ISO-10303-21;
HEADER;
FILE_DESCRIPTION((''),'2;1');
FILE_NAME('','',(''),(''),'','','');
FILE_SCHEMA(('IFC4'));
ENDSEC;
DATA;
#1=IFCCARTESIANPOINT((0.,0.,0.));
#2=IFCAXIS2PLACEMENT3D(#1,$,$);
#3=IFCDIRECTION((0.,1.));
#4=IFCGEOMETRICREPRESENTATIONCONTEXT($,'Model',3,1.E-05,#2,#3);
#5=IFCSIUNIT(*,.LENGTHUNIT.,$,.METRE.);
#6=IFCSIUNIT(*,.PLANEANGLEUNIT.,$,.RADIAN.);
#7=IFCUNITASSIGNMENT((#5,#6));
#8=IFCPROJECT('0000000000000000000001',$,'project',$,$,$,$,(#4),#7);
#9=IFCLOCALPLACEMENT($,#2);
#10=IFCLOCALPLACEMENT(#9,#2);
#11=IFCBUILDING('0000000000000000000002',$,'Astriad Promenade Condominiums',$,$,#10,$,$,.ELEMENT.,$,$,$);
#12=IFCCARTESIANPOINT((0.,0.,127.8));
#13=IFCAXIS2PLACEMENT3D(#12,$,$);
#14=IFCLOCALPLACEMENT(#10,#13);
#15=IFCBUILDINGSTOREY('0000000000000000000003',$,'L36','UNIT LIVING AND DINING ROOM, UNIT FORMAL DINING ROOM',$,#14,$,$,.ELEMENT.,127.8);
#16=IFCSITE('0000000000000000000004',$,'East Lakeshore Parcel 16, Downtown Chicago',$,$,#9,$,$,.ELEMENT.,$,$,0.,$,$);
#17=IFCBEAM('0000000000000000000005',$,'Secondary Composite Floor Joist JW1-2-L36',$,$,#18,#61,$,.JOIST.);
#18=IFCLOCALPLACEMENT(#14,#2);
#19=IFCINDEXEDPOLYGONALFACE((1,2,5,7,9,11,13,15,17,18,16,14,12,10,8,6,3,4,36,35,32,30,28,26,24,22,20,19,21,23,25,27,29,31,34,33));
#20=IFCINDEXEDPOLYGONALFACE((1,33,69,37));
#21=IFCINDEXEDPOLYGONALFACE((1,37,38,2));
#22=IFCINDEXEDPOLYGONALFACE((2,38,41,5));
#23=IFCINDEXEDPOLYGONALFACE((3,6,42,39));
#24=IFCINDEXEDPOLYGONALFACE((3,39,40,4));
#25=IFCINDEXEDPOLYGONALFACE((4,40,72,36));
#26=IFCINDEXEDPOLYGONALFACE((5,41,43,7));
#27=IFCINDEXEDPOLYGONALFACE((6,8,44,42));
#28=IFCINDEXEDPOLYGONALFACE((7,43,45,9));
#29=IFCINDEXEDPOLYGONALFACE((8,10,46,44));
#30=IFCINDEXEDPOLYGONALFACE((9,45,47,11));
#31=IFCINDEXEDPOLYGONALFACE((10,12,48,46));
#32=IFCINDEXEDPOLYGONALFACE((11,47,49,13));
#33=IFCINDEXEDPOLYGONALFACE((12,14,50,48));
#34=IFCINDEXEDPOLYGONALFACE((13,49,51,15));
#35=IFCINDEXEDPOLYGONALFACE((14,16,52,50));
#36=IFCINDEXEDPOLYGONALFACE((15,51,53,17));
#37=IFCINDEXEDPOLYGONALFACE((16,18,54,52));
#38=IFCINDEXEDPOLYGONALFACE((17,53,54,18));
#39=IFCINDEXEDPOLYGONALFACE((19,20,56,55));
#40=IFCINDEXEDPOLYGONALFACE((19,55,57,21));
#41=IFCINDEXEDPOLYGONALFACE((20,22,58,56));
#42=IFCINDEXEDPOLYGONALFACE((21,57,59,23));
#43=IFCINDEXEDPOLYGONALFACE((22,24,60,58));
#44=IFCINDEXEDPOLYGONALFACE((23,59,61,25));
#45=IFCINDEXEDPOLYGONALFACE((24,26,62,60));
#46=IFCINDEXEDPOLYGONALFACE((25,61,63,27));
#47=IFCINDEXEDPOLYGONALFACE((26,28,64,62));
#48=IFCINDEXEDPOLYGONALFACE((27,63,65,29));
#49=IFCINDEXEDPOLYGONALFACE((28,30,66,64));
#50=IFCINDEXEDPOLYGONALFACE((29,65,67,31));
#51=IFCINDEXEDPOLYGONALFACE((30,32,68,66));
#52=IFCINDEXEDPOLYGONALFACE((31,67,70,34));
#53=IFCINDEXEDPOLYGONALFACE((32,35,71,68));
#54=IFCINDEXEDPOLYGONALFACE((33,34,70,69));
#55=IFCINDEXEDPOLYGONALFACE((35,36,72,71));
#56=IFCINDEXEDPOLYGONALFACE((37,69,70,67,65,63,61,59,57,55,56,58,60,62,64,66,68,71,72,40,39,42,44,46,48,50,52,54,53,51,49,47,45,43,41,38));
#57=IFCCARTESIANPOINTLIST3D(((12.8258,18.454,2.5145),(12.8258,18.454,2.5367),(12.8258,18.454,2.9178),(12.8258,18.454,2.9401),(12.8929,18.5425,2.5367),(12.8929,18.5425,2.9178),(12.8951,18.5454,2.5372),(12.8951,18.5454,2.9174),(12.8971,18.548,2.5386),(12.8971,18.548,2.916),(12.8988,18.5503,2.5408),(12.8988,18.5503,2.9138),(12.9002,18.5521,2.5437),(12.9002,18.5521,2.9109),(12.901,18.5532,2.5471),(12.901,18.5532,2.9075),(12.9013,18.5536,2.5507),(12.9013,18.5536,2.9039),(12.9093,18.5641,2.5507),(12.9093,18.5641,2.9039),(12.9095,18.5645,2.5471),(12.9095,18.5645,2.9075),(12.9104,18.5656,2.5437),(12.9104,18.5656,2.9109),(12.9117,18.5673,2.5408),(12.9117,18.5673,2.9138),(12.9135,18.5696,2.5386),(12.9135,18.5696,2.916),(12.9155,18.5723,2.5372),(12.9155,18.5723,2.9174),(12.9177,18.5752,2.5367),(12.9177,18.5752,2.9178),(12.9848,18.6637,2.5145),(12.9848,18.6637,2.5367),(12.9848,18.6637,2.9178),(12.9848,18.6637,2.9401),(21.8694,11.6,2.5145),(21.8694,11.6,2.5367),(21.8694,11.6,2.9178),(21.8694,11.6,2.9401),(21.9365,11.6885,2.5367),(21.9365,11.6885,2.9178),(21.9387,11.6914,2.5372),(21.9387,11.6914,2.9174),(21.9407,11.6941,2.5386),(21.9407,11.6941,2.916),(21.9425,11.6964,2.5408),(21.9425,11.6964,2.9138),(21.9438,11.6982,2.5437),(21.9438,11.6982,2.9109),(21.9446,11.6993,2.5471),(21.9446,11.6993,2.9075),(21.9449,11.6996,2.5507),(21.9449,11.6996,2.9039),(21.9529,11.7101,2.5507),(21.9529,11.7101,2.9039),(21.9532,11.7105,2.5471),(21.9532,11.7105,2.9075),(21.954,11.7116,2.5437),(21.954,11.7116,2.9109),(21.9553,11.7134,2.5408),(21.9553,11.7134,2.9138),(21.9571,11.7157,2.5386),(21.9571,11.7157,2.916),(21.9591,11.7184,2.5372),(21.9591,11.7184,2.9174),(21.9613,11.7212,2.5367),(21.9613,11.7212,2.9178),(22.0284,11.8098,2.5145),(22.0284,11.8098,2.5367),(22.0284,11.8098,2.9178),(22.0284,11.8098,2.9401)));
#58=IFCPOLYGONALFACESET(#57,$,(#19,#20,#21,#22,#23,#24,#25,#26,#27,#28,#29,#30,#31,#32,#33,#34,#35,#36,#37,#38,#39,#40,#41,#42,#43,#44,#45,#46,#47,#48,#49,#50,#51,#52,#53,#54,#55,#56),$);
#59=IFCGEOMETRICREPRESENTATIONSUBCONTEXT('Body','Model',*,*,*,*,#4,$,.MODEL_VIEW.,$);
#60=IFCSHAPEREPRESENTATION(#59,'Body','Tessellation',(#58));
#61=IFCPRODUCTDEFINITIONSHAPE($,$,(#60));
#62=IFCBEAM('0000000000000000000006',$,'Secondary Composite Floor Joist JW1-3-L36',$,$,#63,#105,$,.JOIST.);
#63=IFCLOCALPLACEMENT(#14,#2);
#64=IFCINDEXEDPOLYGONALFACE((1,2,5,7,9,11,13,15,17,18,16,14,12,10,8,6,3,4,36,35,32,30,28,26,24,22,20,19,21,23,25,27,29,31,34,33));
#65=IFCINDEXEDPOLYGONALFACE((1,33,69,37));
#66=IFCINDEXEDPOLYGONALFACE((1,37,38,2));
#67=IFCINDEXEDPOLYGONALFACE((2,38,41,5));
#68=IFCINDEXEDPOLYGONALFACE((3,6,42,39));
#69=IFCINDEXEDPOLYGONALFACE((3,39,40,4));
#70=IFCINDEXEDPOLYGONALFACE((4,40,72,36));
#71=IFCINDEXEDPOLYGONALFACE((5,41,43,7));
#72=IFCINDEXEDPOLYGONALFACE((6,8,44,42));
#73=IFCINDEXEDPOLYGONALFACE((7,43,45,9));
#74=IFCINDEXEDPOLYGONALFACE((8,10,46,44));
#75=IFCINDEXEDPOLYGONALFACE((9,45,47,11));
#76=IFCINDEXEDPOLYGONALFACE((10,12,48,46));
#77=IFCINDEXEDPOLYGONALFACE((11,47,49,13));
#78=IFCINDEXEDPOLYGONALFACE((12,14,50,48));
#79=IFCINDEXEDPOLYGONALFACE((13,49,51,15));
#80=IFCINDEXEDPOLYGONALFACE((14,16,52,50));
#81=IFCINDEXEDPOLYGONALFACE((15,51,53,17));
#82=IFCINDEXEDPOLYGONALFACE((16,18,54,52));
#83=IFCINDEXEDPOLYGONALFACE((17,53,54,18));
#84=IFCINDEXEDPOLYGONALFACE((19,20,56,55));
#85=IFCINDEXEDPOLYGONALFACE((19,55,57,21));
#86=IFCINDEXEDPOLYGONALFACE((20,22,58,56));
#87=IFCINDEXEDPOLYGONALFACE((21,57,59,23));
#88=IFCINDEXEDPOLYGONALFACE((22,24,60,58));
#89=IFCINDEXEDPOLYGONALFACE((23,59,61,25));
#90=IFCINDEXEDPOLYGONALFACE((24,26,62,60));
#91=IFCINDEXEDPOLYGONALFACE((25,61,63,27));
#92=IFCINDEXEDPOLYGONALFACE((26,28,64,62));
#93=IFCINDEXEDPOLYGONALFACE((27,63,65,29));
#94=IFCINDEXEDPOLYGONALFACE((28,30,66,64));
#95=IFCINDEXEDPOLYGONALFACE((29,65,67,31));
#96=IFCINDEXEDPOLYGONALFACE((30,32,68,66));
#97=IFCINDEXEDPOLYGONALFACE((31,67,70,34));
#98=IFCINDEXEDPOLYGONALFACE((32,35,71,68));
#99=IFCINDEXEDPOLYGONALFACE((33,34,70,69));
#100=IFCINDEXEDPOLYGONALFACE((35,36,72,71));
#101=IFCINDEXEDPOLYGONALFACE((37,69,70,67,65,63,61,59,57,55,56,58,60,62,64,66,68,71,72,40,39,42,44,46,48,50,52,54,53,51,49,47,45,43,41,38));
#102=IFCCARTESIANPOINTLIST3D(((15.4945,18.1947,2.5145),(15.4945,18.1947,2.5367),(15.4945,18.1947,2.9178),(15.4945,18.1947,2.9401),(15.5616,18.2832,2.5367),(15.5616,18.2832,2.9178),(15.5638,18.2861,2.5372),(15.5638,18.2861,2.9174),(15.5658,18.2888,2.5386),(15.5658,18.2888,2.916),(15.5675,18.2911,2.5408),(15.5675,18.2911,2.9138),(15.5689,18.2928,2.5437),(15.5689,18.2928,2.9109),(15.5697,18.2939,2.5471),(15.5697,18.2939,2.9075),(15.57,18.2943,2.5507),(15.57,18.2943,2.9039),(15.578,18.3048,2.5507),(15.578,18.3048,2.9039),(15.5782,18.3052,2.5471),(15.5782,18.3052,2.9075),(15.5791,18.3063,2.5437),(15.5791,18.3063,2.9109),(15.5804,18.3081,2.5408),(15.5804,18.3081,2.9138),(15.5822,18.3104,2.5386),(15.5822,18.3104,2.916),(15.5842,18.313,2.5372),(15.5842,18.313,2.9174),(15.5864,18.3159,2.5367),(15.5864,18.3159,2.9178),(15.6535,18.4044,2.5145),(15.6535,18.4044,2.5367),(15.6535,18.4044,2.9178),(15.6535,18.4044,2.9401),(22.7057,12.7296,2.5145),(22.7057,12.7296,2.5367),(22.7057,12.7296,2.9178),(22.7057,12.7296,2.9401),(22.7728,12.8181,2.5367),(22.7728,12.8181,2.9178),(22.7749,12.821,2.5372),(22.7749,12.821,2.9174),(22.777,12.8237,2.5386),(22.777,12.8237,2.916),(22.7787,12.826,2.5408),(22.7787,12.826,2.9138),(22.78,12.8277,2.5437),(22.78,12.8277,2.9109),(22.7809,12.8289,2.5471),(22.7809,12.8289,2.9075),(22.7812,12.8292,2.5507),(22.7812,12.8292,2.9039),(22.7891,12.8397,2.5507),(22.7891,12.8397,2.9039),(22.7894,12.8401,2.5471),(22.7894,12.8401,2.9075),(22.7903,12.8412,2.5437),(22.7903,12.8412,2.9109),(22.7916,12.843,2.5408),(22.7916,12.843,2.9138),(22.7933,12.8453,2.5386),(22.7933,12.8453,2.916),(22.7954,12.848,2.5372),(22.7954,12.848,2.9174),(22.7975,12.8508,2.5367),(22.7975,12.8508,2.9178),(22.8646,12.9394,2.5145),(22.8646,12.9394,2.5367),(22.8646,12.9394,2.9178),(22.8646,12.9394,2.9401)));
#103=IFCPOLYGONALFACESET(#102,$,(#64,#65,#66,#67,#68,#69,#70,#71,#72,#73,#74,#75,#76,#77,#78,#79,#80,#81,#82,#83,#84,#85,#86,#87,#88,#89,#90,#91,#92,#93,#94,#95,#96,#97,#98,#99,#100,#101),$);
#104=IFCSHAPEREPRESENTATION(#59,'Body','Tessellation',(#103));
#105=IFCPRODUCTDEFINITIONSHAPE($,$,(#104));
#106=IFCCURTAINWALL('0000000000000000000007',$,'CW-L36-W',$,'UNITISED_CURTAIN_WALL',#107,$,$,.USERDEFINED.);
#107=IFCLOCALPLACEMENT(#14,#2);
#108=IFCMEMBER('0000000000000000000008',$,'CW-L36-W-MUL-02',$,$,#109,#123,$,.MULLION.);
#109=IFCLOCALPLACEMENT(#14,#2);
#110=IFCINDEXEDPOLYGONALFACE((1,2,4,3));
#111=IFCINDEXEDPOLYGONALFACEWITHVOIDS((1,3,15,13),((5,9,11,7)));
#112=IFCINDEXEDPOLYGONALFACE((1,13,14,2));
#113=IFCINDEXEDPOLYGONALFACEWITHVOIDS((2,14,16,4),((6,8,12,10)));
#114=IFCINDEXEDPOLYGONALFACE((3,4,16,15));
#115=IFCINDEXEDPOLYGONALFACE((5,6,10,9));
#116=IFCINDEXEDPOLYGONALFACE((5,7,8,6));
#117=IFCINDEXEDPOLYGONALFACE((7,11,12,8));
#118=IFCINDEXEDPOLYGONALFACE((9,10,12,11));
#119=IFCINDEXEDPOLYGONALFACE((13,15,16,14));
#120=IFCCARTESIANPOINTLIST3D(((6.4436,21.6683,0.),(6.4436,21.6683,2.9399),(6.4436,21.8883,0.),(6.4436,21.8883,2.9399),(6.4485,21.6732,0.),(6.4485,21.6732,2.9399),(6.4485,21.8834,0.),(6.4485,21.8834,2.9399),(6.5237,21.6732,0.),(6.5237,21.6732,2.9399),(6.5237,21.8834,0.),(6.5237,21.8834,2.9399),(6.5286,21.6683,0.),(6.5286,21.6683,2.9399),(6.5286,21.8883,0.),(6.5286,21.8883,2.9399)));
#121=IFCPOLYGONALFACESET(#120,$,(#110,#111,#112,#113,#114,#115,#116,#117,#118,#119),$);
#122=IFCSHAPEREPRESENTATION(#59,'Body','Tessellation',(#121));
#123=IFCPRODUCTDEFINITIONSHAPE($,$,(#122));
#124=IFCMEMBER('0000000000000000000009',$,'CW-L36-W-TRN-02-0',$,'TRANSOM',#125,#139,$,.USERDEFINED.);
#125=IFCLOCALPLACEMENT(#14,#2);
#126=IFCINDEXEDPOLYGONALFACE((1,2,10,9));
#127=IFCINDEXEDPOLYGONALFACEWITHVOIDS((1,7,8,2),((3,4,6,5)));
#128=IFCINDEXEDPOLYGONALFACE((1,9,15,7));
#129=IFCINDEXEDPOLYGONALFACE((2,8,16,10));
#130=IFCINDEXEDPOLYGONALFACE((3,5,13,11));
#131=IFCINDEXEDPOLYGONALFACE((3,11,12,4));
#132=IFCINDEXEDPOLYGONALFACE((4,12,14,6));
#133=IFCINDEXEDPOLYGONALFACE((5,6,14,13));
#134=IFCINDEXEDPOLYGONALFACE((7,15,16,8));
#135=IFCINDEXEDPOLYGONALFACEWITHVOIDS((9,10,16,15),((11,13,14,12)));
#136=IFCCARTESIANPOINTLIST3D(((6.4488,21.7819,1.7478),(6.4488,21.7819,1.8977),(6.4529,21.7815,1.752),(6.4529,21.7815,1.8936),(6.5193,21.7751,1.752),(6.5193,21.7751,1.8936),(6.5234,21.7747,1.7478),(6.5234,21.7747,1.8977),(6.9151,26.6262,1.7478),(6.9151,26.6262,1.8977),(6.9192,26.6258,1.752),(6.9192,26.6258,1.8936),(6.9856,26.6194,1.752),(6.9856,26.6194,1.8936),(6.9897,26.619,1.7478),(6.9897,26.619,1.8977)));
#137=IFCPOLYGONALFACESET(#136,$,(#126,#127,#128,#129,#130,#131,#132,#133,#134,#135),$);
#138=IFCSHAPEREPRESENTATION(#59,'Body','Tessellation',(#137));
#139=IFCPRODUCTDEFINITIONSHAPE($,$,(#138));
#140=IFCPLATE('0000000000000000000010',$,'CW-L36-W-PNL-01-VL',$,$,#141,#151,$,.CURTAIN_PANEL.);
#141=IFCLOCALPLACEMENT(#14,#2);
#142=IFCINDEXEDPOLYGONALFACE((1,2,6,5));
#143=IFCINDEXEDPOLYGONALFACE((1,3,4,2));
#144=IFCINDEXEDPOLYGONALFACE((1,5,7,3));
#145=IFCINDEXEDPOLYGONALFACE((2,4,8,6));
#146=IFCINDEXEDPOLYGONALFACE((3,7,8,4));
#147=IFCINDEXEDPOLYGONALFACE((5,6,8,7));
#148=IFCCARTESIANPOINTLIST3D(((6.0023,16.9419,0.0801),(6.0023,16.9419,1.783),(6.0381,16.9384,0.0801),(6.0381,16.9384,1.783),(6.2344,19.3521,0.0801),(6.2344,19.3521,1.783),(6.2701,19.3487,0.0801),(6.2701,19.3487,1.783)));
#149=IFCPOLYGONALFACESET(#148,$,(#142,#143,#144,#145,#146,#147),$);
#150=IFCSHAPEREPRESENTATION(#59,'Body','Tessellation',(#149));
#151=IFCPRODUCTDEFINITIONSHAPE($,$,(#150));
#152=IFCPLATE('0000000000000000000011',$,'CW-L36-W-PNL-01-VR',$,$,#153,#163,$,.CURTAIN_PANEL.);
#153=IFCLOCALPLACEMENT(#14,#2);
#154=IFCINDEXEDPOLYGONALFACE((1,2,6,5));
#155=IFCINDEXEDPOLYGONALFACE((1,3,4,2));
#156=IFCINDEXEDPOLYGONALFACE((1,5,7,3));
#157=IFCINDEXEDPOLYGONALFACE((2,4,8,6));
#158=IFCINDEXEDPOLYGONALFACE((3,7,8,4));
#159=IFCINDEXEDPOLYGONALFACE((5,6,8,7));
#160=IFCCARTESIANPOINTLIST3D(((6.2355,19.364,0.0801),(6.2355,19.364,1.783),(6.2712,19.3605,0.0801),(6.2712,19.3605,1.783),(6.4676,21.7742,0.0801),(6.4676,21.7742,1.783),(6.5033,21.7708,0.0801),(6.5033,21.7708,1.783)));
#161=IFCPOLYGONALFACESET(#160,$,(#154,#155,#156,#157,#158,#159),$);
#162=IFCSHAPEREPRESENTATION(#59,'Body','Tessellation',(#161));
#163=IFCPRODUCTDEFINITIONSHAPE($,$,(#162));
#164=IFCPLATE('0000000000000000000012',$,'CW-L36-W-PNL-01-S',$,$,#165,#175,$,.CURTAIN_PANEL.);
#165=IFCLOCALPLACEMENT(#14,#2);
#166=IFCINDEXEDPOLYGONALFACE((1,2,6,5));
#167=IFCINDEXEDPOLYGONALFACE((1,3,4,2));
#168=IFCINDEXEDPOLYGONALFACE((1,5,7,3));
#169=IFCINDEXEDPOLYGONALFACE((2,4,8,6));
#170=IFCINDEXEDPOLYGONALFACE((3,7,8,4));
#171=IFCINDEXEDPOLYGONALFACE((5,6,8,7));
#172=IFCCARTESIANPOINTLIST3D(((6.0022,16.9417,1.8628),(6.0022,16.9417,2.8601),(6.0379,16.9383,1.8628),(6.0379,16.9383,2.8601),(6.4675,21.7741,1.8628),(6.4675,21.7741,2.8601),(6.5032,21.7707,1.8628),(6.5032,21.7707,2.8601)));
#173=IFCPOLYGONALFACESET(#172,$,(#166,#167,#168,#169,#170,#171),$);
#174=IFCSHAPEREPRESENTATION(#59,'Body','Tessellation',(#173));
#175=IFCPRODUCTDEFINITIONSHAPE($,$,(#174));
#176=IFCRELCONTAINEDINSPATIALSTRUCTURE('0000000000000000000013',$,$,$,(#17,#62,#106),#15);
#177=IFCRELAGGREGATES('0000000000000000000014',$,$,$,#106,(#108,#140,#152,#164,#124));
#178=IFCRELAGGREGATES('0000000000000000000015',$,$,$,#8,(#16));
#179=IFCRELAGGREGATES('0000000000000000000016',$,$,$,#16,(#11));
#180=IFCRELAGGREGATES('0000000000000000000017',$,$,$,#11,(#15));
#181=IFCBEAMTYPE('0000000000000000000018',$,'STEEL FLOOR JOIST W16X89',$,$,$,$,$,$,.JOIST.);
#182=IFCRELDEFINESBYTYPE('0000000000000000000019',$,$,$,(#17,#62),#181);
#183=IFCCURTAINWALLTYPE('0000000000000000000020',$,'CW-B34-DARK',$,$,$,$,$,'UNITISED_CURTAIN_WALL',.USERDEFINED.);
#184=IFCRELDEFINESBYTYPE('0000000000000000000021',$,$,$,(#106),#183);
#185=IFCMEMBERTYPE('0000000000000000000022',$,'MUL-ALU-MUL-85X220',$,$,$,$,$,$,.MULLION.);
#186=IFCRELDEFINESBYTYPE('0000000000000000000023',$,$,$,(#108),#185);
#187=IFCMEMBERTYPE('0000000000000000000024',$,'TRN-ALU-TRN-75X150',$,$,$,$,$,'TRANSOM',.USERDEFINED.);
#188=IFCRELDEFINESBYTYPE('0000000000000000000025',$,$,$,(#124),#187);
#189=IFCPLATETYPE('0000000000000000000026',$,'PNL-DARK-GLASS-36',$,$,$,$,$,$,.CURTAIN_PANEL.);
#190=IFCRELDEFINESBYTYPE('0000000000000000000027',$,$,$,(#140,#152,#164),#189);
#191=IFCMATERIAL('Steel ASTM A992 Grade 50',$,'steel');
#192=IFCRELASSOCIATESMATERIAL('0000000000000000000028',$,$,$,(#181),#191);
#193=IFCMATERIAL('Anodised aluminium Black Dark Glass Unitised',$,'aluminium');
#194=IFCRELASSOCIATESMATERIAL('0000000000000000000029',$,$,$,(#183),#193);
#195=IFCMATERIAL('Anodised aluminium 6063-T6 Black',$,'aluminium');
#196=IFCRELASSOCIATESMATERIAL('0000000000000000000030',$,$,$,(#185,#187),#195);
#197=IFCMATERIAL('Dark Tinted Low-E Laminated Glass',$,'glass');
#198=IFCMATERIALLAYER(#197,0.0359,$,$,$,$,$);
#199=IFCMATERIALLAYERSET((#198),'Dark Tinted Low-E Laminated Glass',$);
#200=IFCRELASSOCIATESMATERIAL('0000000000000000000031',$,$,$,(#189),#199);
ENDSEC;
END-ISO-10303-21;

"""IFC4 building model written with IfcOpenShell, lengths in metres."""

from ifc_helpers import new_model, si_unit, direction, frame, origin, origin_2d, place, context, subcontext, project, spatial, rectangle, hollow_rectangle, i_section, extrude, source, transform, mapped, material, layer, layer_set, material_profile, profile_set, type_object, type_shapes, element, aggregate, save


model = new_model("IFC4")

# Units and contexts
model_context = context("Model", 3, precision=1e-05, world=origin(), true_north=direction((0.0, 1.0)))
body_context = subcontext(model_context, "Body", "Model", "MODEL_VIEW")
ifc_project = project(units=[si_unit("LENGTHUNIT", "METRE"), si_unit("PLANEANGLEUNIT", "RADIAN")], contexts=[model_context])

# Site, building, storey
site_placement = place(None, origin())
site = spatial("IfcSite", under=ifc_project, at=site_placement, Name="East Lakeshore Parcel 16, Downtown Chicago", CompositionType="ELEMENT", RefElevation=0.0)
building_placement = place(site_placement, origin())
building = spatial("IfcBuilding", under=site, at=building_placement, Name="Astriad Promenade Condominiums", CompositionType="ELEMENT")
storey_placement = place(building_placement, frame((0.0, 0.0, 127.8)))
storey = spatial("IfcBuildingStorey", under=building, at=storey_placement, Name="L36", Description="UNIT LIVING AND DINING ROOM, UNIT FORMAL DINING ROOM", CompositionType="ELEMENT", Elevation=127.8)

# Beams
ifc_material_1 = material(Name="Steel ASTM A992 Grade 50", Category="steel")
ifc_material_profile_1 = material_profile(ifc_material_1, i_section(OverallWidth=0.2632, OverallDepth=0.4255, WebThickness=0.0132, FlangeThickness=0.0222, FilletRadius=0.0139, at=origin_2d()), Name="W16X89")
ifc_profile_set_1 = profile_set([ifc_material_profile_1], Name="Steel ASTM A992 Grade 50")
beam_type_1 = type_object("IfcBeamType", Name="STEEL FLOOR JOIST W16X89", PredefinedType="JOIST", material=ifc_profile_set_1)
shared_shape_1 = source(origin(), body_context, "Body", "SweptSolid", [
    extrude(i_section(OverallWidth=0.2632, OverallDepth=0.4255, WebThickness=0.0132, FlangeThickness=0.0222, FilletRadius=0.0139, at=origin_2d()), origin(), (0.0, 0.0, 1.0), 11.3474),
])
beam_1_placement = place(storey_placement, frame((12.9053, 18.5588, 2.7273), z_axis=(0.796977, -0.60401, 0.0), x_axis=(0.60401, 0.796977, 0.0)))
element("IfcBeam", 1, at=beam_1_placement, inside=storey, type_object=beam_type_1, Name="Secondary Composite Floor Joist JW1-2-L36", PredefinedType="JOIST", context=body_context, shape_type="MappedRepresentation", body=[
    mapped(shared_shape_1, transform((0.0, 0.0, 0.0), scale=1.0)),
])
shared_shape_2 = source(origin(), body_context, "Body", "SweptSolid", [
    extrude(i_section(OverallWidth=0.2632, OverallDepth=0.4255, WebThickness=0.0132, FlangeThickness=0.0222, FilletRadius=0.0139, at=origin_2d()), origin(), (0.0, 0.0, 1.0), 9.0481),
])
beam_2_placement = place(storey_placement, frame((15.574, 18.2996, 2.7273), z_axis=(0.796982, -0.604003, 0.0), x_axis=(0.604003, 0.796982, 0.0)))
element("IfcBeam", 2, at=beam_2_placement, inside=storey, type_object=beam_type_1, Name="Secondary Composite Floor Joist JW1-3-L36", PredefinedType="JOIST", context=body_context, shape_type="MappedRepresentation", body=[
    mapped(shared_shape_2, transform((0.0, 0.0, 0.0), scale=1.0)),
])

# Curtain wall, members, plates
ifc_material_2 = material(Name="Anodised aluminium Black Dark Glass Unitised", Category="aluminium")
curtain_wall_type = type_object("IfcCurtainWallType", Name="CW-B34-DARK", ElementType="UNITISED_CURTAIN_WALL", PredefinedType="USERDEFINED", material=ifc_material_2)
curtain_wall_placement = place(storey_placement, origin())
curtain_wall = element("IfcCurtainWall", 3, at=curtain_wall_placement, inside=storey, type_object=curtain_wall_type, Name="CW-L36-W", ObjectType="UNITISED_CURTAIN_WALL", PredefinedType="USERDEFINED")
ifc_material_3 = material(Name="Anodised aluminium 6063-T6 Black", Category="aluminium")
ifc_material_profile_2 = material_profile(ifc_material_3, hollow_rectangle(XDim=0.085, YDim=0.22, WallThickness=0.0049, at=origin_2d()), Name="ALU-MUL-85X220")
ifc_profile_set_2 = profile_set([ifc_material_profile_2], Name="Anodised aluminium 6063-T6 Black")
member_type_1 = type_object("IfcMemberType", Name="MUL-ALU-MUL-85X220", PredefinedType="MULLION", material=ifc_profile_set_2)
shared_shape_3 = source(origin(), body_context, "Body", "SweptSolid", [
    extrude(hollow_rectangle(XDim=0.085, YDim=0.22, WallThickness=0.0049, at=origin_2d()), origin(), (0.0, 0.0, 1.0), 2.9399),
])
type_shapes(member_type_1, [shared_shape_3])
member_1_placement = place(storey_placement, frame((6.4861, 21.7783, 0.0), z_axis=(0.0, 0.0, 1.0), x_axis=(1.0, 0.0, 0.0)))
member_1 = element("IfcMember", 4, at=member_1_placement, type_object=member_type_1, Name="CW-L36-W-MUL-02", PredefinedType="MULLION", context=body_context, shape_type="MappedRepresentation", body=[
    mapped(shared_shape_3, transform((0.0, 0.0, 0.0), scale=1.0)),
])
ifc_material_profile_3 = material_profile(ifc_material_3, hollow_rectangle(XDim=0.075, YDim=0.1499, WallThickness=0.0042, at=origin_2d()), Name="ALU-TRN-75X150")
ifc_profile_set_3 = profile_set([ifc_material_profile_3], Name="Anodised aluminium 6063-T6 Black")
member_type_2 = type_object("IfcMemberType", Name="TRN-ALU-TRN-75X150", ElementType="TRANSOM", PredefinedType="USERDEFINED", material=ifc_profile_set_3)
shared_shape_4 = source(origin(), body_context, "Body", "SweptSolid", [
    extrude(hollow_rectangle(XDim=0.075, YDim=0.1499, WallThickness=0.0042, at=origin_2d()), origin(), (0.0, 0.0, 1.0), 4.8667),
])
type_shapes(member_type_2, [shared_shape_4])
member_2_placement = place(storey_placement, frame((6.4861, 21.7783, 1.8228), z_axis=(0.095818, 0.995399, 0.0), x_axis=(-0.995399, 0.095818, 0.0)))
member_2 = element("IfcMember", 5, at=member_2_placement, type_object=member_type_2, Name="CW-L36-W-TRN-02-0", ObjectType="TRANSOM", PredefinedType="USERDEFINED", context=body_context, shape_type="MappedRepresentation", body=[
    mapped(shared_shape_4, transform((0.0, 0.0, 0.0), scale=1.0)),
])
ifc_material_4 = material(Name="Dark Tinted Low-E Laminated Glass", Category="glass")
ifc_layer_1 = layer(ifc_material_4, 0.0359)
ifc_layer_set_1 = layer_set([ifc_layer_1], Name="Dark Tinted Low-E Laminated Glass")
plate_type = type_object("IfcPlateType", Name="PNL-DARK-GLASS-36", PredefinedType="CURTAIN_PANEL", material=ifc_layer_set_1)
shared_shape_5 = source(origin(), body_context, "Body", "SweptSolid", [
    extrude(rectangle(XDim=2.4214, YDim=0.0359, at=origin_2d()), origin(), (0.0, 0.0, 1.0), 1.7029),
])
plate_1_placement = place(storey_placement, frame((6.1362, 18.1453, 0.0801), z_axis=(0.0, 0.0, 1.0), x_axis=(0.095846, 0.995396, 0.0)))
plate_1 = element("IfcPlate", 6, at=plate_1_placement, type_object=plate_type, Name="CW-L36-W-PNL-01-VL", PredefinedType="CURTAIN_PANEL", context=body_context, shape_type="MappedRepresentation", body=[
    mapped(shared_shape_5, transform((0.0, 0.0, 0.0), scale=1.0)),
])
plate_2_placement = place(storey_placement, frame((6.3694, 20.5674, 0.0801), z_axis=(0.0, 0.0, 1.0), x_axis=(0.095846, 0.995396, 0.0)))
plate_2 = element("IfcPlate", 7, at=plate_2_placement, type_object=plate_type, Name="CW-L36-W-PNL-01-VR", PredefinedType="CURTAIN_PANEL", context=body_context, shape_type="MappedRepresentation", body=[
    mapped(shared_shape_5, transform((0.0, 0.0, 0.0), scale=1.0)),
])
shared_shape_6 = source(origin(), body_context, "Body", "SweptSolid", [
    extrude(rectangle(XDim=4.8547, YDim=0.0359, at=origin_2d()), origin(), (0.0, 0.0, 1.0), 0.9973),
])
type_shapes(plate_type, [shared_shape_5, shared_shape_6])
plate_3_placement = place(storey_placement, frame((6.2527, 19.3562, 1.8628), z_axis=(0.0, 0.0, 1.0), x_axis=(0.095846, 0.995396, 0.0)))
plate_3 = element("IfcPlate", 8, at=plate_3_placement, type_object=plate_type, Name="CW-L36-W-PNL-01-S", PredefinedType="CURTAIN_PANEL", context=body_context, shape_type="MappedRepresentation", body=[
    mapped(shared_shape_6, transform((0.0, 0.0, 0.0), scale=1.0)),
])
aggregate(curtain_wall, [member_1, plate_1, plate_2, plate_3, member_2])

save(model, "model.ifc")
